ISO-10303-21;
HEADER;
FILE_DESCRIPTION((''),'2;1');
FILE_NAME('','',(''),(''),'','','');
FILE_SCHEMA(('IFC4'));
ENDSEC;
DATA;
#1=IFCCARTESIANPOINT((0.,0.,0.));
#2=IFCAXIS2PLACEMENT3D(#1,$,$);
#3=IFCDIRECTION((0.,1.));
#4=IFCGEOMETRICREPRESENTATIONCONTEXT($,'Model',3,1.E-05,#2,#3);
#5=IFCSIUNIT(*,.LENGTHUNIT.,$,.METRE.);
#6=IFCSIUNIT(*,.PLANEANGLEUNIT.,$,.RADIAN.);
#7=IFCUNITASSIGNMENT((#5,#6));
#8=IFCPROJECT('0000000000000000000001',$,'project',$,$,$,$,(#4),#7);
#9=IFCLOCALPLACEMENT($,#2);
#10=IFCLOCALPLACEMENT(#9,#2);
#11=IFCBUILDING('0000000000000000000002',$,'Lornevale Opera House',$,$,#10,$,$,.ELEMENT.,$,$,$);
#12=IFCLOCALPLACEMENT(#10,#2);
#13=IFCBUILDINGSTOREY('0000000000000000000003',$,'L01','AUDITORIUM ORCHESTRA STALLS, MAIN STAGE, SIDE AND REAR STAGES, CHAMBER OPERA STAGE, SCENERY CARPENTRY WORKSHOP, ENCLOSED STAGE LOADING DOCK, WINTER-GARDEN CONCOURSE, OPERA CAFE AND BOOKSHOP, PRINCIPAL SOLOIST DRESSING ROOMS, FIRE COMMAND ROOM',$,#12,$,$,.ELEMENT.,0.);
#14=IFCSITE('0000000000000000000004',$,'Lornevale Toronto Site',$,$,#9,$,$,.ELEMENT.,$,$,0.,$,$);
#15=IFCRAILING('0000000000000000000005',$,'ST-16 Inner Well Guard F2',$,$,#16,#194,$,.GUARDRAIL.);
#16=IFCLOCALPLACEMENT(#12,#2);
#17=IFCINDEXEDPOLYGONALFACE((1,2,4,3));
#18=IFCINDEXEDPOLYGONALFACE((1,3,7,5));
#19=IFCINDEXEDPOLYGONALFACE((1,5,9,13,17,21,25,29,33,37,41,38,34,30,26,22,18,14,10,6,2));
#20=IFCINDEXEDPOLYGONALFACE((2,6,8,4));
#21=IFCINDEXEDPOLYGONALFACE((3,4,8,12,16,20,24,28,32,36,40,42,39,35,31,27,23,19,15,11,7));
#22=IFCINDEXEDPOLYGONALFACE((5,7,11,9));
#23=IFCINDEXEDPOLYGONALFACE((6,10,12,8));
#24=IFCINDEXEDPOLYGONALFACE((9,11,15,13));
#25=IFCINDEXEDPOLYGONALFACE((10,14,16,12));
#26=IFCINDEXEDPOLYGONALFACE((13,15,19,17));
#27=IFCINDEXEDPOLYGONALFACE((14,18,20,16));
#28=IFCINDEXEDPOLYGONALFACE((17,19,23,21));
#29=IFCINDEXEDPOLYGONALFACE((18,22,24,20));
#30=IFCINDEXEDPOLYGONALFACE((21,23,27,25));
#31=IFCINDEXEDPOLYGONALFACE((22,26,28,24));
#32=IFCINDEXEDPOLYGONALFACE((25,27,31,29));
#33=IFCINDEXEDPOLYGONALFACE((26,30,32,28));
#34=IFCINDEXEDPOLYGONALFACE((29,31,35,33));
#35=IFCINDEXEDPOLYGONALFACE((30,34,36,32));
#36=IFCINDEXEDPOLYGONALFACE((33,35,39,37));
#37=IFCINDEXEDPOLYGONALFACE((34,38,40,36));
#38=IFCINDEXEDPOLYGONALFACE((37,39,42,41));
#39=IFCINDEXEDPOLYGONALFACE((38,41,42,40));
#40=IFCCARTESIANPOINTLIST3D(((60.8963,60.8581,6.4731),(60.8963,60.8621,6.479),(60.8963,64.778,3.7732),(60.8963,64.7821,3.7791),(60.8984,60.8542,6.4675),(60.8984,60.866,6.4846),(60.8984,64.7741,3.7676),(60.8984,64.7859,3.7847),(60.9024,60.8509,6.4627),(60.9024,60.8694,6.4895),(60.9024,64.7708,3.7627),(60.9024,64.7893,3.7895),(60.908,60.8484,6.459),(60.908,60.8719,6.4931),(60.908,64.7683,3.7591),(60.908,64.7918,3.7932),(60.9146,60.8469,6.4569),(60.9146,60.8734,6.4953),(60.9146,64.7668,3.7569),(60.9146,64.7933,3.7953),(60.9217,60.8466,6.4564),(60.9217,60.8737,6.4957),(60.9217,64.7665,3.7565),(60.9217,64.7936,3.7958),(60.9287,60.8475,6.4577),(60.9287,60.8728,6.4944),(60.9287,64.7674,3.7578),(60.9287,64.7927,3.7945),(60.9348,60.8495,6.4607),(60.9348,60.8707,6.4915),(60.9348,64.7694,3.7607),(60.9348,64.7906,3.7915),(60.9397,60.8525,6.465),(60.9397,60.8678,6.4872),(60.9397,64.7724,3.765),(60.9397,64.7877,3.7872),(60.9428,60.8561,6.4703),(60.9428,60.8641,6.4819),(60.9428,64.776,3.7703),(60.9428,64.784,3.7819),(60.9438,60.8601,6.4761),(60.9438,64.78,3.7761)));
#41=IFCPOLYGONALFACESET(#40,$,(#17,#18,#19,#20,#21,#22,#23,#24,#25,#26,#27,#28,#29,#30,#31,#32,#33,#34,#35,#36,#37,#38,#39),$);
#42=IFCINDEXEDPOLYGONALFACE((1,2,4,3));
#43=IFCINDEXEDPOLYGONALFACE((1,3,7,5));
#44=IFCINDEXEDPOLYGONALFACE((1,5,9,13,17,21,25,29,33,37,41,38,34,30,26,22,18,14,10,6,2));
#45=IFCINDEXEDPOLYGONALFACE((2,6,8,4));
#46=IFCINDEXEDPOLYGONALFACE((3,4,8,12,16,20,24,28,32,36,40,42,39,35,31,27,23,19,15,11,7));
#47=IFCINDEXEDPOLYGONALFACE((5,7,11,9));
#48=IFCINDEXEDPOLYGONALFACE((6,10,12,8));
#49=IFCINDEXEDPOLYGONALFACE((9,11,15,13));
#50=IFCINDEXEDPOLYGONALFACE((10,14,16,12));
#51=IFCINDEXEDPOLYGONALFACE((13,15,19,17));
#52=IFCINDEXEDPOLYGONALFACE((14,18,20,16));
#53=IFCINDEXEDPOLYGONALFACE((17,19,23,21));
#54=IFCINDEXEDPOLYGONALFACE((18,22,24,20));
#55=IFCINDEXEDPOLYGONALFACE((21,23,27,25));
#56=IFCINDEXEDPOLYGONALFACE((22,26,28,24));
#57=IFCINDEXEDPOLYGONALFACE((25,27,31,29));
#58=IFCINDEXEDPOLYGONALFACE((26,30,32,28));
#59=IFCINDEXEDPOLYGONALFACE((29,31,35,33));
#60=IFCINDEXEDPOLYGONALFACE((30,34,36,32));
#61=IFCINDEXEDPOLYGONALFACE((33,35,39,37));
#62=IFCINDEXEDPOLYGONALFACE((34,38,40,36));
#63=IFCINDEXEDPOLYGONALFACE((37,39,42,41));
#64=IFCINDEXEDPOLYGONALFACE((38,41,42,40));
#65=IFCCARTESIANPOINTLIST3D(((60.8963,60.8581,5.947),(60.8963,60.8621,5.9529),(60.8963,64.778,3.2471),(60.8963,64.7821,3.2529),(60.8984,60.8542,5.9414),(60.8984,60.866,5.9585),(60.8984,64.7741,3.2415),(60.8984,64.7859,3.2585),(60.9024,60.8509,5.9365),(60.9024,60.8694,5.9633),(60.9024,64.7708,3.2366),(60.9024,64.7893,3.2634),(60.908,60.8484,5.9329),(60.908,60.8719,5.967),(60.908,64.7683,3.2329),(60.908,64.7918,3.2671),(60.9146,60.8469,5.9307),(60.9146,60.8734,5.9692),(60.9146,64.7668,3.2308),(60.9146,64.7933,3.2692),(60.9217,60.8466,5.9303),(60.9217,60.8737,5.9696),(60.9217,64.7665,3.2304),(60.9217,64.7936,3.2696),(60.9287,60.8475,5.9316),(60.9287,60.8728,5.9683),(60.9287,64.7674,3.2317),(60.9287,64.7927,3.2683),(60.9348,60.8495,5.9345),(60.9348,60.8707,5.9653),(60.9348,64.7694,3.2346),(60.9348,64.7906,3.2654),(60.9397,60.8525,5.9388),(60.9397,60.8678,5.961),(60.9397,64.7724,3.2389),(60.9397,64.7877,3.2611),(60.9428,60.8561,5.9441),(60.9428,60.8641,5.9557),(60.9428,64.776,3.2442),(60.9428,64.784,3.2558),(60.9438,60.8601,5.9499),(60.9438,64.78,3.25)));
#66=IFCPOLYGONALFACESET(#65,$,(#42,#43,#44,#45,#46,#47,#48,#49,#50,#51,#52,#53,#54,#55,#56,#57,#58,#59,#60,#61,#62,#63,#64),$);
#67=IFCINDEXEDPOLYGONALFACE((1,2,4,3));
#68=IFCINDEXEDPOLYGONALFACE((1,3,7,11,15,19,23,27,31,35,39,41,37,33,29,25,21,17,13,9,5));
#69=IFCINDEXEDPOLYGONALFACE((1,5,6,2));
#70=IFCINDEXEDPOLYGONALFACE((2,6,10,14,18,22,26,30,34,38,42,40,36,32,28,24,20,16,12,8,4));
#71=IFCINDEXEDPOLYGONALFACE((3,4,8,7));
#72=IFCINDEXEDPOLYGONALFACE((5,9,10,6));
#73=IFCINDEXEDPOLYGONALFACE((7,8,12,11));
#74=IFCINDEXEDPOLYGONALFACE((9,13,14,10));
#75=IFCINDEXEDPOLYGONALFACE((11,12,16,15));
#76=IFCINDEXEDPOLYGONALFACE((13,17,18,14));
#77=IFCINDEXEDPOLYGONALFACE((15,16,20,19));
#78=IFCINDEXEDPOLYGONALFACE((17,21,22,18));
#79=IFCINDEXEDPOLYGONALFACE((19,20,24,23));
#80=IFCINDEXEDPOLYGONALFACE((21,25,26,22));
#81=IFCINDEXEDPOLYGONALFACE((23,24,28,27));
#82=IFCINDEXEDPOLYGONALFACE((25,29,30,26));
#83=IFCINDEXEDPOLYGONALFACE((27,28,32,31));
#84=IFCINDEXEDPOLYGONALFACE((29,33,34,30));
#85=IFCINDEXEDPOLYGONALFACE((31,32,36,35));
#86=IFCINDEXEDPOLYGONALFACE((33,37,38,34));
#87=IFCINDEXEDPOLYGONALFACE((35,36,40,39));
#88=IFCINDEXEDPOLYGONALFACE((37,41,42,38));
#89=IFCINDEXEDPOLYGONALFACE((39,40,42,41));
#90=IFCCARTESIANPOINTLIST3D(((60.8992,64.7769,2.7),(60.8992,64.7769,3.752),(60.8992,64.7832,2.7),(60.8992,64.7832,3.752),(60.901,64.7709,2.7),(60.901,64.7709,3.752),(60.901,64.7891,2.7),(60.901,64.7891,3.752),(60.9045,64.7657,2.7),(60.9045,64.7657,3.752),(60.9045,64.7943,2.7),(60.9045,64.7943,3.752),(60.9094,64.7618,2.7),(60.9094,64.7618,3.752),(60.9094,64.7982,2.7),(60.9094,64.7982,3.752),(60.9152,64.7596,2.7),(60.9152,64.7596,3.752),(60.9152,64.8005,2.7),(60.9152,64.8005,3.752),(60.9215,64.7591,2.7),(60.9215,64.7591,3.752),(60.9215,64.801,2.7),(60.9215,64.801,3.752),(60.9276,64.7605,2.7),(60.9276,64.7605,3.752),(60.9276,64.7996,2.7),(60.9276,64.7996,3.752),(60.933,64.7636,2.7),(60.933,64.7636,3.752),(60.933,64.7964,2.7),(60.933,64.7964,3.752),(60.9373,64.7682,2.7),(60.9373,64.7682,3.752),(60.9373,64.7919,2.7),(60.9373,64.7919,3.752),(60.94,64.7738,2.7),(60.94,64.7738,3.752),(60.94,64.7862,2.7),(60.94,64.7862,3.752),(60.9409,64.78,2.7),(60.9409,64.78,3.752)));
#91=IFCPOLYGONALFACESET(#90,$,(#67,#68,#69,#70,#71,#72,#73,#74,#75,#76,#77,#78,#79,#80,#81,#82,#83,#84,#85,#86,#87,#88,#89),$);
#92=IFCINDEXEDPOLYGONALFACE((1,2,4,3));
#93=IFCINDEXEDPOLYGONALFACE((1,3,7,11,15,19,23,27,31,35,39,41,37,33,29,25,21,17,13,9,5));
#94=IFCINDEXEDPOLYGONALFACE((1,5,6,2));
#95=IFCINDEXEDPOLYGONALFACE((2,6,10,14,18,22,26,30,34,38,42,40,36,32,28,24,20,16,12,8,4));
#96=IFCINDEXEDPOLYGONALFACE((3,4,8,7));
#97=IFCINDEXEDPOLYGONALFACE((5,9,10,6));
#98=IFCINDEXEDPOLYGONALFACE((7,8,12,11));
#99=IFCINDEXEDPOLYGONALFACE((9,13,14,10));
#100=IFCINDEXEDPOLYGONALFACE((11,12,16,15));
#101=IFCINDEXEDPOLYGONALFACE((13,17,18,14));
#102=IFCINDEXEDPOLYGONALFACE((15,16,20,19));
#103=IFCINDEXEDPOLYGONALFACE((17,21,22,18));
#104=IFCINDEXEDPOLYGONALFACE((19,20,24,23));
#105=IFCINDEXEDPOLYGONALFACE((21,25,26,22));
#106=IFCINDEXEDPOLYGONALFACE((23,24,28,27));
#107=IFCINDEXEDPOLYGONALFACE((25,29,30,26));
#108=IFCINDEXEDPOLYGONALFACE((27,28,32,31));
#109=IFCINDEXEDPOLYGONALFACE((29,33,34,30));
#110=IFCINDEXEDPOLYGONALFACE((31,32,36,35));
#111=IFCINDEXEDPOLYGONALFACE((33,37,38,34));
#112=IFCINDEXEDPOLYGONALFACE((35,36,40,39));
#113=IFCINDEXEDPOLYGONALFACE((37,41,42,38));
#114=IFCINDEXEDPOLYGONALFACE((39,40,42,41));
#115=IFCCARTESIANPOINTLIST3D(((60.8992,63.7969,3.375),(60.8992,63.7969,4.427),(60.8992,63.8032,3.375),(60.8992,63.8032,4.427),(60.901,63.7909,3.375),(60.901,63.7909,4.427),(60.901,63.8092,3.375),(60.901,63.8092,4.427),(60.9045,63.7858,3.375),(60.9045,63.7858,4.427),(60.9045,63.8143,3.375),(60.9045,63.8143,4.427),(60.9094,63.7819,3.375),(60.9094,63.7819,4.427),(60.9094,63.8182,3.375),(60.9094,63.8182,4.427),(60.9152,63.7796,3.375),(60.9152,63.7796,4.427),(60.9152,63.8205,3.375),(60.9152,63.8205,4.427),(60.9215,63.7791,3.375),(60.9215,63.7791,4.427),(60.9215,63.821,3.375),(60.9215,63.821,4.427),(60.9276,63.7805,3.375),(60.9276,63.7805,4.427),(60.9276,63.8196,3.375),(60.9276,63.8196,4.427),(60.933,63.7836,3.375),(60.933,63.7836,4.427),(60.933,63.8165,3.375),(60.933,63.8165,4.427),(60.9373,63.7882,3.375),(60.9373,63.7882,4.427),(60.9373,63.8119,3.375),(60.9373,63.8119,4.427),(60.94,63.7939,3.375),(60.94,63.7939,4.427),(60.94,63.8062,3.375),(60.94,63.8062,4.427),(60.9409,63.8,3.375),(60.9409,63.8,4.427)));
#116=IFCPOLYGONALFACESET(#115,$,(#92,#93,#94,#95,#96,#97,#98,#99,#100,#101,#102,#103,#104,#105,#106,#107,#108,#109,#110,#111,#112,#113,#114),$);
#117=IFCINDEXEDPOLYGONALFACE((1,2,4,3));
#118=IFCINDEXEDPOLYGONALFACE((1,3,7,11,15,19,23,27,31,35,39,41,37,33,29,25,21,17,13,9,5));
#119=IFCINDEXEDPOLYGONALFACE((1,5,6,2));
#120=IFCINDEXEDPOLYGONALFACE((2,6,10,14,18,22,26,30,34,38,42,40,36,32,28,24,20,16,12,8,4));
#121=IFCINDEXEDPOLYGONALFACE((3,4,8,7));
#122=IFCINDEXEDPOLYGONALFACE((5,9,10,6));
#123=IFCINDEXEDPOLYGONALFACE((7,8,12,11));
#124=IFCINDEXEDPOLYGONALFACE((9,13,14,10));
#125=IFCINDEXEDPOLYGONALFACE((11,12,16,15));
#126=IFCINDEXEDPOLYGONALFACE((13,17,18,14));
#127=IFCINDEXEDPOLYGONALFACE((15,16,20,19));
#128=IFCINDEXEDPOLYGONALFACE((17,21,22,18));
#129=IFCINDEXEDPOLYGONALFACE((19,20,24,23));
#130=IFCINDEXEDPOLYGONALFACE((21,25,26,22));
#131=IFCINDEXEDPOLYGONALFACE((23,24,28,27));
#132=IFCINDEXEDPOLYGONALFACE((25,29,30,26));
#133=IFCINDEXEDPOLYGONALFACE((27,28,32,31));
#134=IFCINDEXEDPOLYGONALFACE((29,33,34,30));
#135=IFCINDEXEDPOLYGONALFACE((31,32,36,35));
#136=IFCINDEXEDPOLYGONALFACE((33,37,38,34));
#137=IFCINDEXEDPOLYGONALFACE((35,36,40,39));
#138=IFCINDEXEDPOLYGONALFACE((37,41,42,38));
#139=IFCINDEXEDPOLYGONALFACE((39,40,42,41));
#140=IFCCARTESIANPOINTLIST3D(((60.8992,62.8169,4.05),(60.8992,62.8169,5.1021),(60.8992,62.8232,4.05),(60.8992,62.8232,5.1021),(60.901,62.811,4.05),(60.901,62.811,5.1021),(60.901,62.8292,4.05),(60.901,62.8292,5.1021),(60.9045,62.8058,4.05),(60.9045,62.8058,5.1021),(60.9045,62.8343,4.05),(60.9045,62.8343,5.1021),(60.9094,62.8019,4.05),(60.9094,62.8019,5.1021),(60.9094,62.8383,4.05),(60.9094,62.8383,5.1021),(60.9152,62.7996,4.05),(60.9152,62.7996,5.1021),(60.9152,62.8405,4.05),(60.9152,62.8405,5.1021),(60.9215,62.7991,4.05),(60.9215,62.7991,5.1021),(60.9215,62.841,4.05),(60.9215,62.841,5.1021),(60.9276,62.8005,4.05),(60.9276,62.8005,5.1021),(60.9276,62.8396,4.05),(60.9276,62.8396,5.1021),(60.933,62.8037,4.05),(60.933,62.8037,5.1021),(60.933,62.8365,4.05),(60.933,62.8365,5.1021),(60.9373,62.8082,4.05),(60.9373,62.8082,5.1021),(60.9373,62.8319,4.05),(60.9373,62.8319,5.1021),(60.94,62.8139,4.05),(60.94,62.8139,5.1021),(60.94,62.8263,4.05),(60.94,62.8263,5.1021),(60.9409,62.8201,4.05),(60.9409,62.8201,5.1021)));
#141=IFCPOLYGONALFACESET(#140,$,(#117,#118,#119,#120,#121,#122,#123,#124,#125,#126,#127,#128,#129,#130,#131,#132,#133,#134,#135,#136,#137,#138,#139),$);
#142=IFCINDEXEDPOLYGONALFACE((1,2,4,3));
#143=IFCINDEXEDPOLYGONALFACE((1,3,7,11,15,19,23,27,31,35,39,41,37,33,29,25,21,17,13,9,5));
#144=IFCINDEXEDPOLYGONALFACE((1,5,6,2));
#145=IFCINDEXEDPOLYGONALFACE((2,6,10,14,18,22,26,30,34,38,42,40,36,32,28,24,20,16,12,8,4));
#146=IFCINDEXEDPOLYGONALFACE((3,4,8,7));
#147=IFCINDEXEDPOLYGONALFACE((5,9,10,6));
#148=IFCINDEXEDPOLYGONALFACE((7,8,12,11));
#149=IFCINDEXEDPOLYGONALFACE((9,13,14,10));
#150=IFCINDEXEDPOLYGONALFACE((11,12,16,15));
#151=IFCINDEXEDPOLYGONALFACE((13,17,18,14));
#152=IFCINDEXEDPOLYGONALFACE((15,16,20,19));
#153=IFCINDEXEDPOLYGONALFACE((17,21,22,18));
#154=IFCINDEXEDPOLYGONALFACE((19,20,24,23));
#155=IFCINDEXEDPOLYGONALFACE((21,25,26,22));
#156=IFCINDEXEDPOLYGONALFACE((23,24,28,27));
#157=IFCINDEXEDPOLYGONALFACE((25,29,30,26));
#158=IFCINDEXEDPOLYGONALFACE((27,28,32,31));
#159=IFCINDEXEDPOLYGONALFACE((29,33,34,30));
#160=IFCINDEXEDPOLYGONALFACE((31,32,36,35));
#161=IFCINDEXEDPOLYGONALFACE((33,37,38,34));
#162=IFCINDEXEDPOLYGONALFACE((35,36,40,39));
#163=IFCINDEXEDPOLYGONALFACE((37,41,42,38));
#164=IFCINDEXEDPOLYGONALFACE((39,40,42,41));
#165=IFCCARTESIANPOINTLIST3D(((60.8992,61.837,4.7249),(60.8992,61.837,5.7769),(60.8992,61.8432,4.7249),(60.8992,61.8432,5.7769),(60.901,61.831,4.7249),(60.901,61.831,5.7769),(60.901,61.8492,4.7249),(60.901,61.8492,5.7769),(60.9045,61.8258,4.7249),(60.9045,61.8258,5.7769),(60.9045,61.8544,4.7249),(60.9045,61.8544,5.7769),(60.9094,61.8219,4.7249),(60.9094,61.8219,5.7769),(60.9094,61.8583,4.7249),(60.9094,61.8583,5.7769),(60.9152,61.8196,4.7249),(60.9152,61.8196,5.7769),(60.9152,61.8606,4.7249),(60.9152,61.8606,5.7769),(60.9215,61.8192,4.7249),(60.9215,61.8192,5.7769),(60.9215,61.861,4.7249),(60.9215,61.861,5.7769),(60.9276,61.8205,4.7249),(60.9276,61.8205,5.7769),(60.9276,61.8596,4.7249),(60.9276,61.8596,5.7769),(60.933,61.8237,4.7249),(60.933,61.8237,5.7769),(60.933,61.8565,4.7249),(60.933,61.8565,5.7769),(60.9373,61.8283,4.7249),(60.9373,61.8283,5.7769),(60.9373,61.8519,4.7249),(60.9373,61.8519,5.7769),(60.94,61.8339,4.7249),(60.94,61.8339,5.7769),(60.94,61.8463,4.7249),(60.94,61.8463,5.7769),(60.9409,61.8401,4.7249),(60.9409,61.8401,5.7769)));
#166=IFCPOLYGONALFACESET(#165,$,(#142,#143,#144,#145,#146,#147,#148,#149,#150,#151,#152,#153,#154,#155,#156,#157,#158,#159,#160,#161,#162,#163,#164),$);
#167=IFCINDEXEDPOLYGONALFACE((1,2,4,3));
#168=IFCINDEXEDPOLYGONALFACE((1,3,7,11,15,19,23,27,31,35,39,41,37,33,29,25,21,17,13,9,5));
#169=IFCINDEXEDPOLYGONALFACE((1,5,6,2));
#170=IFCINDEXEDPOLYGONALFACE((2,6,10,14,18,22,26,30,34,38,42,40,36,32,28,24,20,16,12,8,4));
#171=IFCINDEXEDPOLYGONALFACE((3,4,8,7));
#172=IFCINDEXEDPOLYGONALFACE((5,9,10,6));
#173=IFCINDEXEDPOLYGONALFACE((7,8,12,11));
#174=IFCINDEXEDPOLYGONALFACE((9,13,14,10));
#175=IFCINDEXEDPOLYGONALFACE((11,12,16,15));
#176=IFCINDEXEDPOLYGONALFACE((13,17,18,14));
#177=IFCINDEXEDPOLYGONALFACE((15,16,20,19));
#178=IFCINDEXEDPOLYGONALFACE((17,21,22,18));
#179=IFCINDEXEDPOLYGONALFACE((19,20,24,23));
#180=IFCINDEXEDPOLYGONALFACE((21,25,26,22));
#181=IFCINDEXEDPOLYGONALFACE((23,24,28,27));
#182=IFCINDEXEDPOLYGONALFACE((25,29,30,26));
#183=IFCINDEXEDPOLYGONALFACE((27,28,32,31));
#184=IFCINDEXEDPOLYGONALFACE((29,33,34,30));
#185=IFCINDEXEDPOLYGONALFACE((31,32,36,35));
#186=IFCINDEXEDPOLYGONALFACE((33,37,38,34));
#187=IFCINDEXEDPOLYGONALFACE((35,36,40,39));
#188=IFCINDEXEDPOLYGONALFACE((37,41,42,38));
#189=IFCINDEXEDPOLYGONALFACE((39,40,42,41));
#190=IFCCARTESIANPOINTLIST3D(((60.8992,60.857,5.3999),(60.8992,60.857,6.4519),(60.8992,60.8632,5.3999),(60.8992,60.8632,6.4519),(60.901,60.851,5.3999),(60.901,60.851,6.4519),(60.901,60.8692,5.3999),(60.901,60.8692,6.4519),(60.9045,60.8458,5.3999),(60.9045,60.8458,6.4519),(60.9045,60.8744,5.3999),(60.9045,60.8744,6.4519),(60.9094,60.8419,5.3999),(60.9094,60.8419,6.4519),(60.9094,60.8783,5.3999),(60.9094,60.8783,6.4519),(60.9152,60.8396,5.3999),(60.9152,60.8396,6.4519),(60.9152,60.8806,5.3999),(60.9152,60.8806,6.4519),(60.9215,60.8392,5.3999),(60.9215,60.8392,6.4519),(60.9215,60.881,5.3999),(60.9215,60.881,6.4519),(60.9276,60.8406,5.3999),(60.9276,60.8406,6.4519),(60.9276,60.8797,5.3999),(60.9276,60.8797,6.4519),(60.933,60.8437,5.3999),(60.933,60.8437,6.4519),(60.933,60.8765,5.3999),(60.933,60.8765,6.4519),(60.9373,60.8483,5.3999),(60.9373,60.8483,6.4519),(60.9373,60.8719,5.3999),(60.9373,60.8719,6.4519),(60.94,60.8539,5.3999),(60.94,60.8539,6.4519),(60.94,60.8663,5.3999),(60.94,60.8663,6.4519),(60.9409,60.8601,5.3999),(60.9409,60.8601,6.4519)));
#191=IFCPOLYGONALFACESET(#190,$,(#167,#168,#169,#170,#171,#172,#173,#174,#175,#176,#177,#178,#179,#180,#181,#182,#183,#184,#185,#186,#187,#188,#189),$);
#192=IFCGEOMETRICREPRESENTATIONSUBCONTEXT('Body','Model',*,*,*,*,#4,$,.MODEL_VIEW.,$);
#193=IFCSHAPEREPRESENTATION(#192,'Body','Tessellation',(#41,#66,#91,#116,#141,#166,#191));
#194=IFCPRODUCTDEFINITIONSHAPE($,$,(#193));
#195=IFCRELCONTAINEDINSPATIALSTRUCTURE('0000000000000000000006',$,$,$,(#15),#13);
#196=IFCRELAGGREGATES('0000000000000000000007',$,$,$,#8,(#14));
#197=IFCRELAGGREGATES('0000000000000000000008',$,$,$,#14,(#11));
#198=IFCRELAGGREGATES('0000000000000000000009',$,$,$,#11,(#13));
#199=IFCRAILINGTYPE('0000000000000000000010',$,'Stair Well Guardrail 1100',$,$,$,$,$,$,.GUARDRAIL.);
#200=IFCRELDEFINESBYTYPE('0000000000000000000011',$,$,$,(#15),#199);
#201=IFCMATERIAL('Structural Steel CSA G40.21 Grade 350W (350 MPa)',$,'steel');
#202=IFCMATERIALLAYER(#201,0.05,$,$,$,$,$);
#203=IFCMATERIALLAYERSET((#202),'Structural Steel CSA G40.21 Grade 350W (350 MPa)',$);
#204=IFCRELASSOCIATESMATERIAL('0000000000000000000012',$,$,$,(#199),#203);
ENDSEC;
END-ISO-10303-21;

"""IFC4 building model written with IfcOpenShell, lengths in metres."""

from ifc_helpers import new_model, si_unit, direction, frame, origin, origin_2d, place, context, subcontext, project, spatial, circle, extrude, material, layer, layer_set, type_object, element, save


model = new_model("IFC4")

# Units and contexts
model_context = context("Model", 3, precision=1e-05, world=origin(), true_north=direction((0.0, 1.0)))
body_context = subcontext(model_context, "Body", "Model", "MODEL_VIEW")
ifc_project = project(units=[si_unit("LENGTHUNIT", "METRE"), si_unit("PLANEANGLEUNIT", "RADIAN")], contexts=[model_context])

# Site, building, storey
site_placement = place(None, origin())
site = spatial("IfcSite", under=ifc_project, at=site_placement, Name="Lornevale Toronto Site", CompositionType="ELEMENT", RefElevation=0.0)
building_placement = place(site_placement, origin())
building = spatial("IfcBuilding", under=site, at=building_placement, Name="Lornevale Opera House", CompositionType="ELEMENT")
storey_placement = place(building_placement, origin())
storey = spatial("IfcBuildingStorey", under=building, at=storey_placement, Name="L01", Description="AUDITORIUM ORCHESTRA STALLS, MAIN STAGE, SIDE AND REAR STAGES, CHAMBER OPERA STAGE, SCENERY CARPENTRY WORKSHOP, ENCLOSED STAGE LOADING DOCK, WINTER-GARDEN CONCOURSE, OPERA CAFE AND BOOKSHOP, PRINCIPAL SOLOIST DRESSING ROOMS, FIRE COMMAND ROOM", CompositionType="ELEMENT", Elevation=0.0)

# Railing
ifc_material_1 = material(Name="Structural Steel CSA G40.21 Grade 350W (350 MPa)", Category="steel")
ifc_layer_1 = layer(ifc_material_1, 0.05)
ifc_layer_set_1 = layer_set([ifc_layer_1], Name="Structural Steel CSA G40.21 Grade 350W (350 MPa)")
railing_type = type_object("IfcRailingType", Name="Stair Well Guardrail 1100", PredefinedType="GUARDRAIL", material=ifc_layer_set_1)
railing_1_placement = place(storey_placement, frame((60.9199, 64.78, 2.7)))
element("IfcRailing", 1, at=railing_1_placement, inside=storey, type_object=railing_type, Name="ST-16 Inner Well Guard F2", PredefinedType="GUARDRAIL", context=body_context, shape_type="SweptSolid", body=[
    extrude(circle(Radius=0.0239, at=origin_2d()), frame((0.0, 0.0, 1.0762), z_axis=(0.0, -0.823551, 0.567243), x_axis=(1.0, 0.0, 0.0)), (0.0, 0.0, 1.0), 4.7598),
    extrude(circle(Radius=0.0239, at=origin_2d()), frame((0.0, 0.0, 0.55), z_axis=(0.0, -0.823551, 0.567243), x_axis=(1.0, 0.0, 0.0)), (0.0, 0.0, 1.0), 4.7598),
    extrude(circle(Radius=0.021, at=origin_2d()), origin(), (0.0, 0.0, 1.0), 1.052),
    extrude(circle(Radius=0.021, at=origin_2d()), frame((0.0, -0.98, 0.675)), (0.0, 0.0, 1.0), 1.052),
    extrude(circle(Radius=0.021, at=origin_2d()), frame((0.0, -1.96, 1.3501)), (0.0, 0.0, 1.0), 1.052),
    extrude(circle(Radius=0.021, at=origin_2d()), frame((0.0, -2.9399, 2.0249)), (0.0, 0.0, 1.0), 1.052),
    extrude(circle(Radius=0.021, at=origin_2d()), frame((0.0, -3.9199, 2.7)), (0.0, 0.0, 1.0), 1.052),
])

save(model, "model.ifc")
